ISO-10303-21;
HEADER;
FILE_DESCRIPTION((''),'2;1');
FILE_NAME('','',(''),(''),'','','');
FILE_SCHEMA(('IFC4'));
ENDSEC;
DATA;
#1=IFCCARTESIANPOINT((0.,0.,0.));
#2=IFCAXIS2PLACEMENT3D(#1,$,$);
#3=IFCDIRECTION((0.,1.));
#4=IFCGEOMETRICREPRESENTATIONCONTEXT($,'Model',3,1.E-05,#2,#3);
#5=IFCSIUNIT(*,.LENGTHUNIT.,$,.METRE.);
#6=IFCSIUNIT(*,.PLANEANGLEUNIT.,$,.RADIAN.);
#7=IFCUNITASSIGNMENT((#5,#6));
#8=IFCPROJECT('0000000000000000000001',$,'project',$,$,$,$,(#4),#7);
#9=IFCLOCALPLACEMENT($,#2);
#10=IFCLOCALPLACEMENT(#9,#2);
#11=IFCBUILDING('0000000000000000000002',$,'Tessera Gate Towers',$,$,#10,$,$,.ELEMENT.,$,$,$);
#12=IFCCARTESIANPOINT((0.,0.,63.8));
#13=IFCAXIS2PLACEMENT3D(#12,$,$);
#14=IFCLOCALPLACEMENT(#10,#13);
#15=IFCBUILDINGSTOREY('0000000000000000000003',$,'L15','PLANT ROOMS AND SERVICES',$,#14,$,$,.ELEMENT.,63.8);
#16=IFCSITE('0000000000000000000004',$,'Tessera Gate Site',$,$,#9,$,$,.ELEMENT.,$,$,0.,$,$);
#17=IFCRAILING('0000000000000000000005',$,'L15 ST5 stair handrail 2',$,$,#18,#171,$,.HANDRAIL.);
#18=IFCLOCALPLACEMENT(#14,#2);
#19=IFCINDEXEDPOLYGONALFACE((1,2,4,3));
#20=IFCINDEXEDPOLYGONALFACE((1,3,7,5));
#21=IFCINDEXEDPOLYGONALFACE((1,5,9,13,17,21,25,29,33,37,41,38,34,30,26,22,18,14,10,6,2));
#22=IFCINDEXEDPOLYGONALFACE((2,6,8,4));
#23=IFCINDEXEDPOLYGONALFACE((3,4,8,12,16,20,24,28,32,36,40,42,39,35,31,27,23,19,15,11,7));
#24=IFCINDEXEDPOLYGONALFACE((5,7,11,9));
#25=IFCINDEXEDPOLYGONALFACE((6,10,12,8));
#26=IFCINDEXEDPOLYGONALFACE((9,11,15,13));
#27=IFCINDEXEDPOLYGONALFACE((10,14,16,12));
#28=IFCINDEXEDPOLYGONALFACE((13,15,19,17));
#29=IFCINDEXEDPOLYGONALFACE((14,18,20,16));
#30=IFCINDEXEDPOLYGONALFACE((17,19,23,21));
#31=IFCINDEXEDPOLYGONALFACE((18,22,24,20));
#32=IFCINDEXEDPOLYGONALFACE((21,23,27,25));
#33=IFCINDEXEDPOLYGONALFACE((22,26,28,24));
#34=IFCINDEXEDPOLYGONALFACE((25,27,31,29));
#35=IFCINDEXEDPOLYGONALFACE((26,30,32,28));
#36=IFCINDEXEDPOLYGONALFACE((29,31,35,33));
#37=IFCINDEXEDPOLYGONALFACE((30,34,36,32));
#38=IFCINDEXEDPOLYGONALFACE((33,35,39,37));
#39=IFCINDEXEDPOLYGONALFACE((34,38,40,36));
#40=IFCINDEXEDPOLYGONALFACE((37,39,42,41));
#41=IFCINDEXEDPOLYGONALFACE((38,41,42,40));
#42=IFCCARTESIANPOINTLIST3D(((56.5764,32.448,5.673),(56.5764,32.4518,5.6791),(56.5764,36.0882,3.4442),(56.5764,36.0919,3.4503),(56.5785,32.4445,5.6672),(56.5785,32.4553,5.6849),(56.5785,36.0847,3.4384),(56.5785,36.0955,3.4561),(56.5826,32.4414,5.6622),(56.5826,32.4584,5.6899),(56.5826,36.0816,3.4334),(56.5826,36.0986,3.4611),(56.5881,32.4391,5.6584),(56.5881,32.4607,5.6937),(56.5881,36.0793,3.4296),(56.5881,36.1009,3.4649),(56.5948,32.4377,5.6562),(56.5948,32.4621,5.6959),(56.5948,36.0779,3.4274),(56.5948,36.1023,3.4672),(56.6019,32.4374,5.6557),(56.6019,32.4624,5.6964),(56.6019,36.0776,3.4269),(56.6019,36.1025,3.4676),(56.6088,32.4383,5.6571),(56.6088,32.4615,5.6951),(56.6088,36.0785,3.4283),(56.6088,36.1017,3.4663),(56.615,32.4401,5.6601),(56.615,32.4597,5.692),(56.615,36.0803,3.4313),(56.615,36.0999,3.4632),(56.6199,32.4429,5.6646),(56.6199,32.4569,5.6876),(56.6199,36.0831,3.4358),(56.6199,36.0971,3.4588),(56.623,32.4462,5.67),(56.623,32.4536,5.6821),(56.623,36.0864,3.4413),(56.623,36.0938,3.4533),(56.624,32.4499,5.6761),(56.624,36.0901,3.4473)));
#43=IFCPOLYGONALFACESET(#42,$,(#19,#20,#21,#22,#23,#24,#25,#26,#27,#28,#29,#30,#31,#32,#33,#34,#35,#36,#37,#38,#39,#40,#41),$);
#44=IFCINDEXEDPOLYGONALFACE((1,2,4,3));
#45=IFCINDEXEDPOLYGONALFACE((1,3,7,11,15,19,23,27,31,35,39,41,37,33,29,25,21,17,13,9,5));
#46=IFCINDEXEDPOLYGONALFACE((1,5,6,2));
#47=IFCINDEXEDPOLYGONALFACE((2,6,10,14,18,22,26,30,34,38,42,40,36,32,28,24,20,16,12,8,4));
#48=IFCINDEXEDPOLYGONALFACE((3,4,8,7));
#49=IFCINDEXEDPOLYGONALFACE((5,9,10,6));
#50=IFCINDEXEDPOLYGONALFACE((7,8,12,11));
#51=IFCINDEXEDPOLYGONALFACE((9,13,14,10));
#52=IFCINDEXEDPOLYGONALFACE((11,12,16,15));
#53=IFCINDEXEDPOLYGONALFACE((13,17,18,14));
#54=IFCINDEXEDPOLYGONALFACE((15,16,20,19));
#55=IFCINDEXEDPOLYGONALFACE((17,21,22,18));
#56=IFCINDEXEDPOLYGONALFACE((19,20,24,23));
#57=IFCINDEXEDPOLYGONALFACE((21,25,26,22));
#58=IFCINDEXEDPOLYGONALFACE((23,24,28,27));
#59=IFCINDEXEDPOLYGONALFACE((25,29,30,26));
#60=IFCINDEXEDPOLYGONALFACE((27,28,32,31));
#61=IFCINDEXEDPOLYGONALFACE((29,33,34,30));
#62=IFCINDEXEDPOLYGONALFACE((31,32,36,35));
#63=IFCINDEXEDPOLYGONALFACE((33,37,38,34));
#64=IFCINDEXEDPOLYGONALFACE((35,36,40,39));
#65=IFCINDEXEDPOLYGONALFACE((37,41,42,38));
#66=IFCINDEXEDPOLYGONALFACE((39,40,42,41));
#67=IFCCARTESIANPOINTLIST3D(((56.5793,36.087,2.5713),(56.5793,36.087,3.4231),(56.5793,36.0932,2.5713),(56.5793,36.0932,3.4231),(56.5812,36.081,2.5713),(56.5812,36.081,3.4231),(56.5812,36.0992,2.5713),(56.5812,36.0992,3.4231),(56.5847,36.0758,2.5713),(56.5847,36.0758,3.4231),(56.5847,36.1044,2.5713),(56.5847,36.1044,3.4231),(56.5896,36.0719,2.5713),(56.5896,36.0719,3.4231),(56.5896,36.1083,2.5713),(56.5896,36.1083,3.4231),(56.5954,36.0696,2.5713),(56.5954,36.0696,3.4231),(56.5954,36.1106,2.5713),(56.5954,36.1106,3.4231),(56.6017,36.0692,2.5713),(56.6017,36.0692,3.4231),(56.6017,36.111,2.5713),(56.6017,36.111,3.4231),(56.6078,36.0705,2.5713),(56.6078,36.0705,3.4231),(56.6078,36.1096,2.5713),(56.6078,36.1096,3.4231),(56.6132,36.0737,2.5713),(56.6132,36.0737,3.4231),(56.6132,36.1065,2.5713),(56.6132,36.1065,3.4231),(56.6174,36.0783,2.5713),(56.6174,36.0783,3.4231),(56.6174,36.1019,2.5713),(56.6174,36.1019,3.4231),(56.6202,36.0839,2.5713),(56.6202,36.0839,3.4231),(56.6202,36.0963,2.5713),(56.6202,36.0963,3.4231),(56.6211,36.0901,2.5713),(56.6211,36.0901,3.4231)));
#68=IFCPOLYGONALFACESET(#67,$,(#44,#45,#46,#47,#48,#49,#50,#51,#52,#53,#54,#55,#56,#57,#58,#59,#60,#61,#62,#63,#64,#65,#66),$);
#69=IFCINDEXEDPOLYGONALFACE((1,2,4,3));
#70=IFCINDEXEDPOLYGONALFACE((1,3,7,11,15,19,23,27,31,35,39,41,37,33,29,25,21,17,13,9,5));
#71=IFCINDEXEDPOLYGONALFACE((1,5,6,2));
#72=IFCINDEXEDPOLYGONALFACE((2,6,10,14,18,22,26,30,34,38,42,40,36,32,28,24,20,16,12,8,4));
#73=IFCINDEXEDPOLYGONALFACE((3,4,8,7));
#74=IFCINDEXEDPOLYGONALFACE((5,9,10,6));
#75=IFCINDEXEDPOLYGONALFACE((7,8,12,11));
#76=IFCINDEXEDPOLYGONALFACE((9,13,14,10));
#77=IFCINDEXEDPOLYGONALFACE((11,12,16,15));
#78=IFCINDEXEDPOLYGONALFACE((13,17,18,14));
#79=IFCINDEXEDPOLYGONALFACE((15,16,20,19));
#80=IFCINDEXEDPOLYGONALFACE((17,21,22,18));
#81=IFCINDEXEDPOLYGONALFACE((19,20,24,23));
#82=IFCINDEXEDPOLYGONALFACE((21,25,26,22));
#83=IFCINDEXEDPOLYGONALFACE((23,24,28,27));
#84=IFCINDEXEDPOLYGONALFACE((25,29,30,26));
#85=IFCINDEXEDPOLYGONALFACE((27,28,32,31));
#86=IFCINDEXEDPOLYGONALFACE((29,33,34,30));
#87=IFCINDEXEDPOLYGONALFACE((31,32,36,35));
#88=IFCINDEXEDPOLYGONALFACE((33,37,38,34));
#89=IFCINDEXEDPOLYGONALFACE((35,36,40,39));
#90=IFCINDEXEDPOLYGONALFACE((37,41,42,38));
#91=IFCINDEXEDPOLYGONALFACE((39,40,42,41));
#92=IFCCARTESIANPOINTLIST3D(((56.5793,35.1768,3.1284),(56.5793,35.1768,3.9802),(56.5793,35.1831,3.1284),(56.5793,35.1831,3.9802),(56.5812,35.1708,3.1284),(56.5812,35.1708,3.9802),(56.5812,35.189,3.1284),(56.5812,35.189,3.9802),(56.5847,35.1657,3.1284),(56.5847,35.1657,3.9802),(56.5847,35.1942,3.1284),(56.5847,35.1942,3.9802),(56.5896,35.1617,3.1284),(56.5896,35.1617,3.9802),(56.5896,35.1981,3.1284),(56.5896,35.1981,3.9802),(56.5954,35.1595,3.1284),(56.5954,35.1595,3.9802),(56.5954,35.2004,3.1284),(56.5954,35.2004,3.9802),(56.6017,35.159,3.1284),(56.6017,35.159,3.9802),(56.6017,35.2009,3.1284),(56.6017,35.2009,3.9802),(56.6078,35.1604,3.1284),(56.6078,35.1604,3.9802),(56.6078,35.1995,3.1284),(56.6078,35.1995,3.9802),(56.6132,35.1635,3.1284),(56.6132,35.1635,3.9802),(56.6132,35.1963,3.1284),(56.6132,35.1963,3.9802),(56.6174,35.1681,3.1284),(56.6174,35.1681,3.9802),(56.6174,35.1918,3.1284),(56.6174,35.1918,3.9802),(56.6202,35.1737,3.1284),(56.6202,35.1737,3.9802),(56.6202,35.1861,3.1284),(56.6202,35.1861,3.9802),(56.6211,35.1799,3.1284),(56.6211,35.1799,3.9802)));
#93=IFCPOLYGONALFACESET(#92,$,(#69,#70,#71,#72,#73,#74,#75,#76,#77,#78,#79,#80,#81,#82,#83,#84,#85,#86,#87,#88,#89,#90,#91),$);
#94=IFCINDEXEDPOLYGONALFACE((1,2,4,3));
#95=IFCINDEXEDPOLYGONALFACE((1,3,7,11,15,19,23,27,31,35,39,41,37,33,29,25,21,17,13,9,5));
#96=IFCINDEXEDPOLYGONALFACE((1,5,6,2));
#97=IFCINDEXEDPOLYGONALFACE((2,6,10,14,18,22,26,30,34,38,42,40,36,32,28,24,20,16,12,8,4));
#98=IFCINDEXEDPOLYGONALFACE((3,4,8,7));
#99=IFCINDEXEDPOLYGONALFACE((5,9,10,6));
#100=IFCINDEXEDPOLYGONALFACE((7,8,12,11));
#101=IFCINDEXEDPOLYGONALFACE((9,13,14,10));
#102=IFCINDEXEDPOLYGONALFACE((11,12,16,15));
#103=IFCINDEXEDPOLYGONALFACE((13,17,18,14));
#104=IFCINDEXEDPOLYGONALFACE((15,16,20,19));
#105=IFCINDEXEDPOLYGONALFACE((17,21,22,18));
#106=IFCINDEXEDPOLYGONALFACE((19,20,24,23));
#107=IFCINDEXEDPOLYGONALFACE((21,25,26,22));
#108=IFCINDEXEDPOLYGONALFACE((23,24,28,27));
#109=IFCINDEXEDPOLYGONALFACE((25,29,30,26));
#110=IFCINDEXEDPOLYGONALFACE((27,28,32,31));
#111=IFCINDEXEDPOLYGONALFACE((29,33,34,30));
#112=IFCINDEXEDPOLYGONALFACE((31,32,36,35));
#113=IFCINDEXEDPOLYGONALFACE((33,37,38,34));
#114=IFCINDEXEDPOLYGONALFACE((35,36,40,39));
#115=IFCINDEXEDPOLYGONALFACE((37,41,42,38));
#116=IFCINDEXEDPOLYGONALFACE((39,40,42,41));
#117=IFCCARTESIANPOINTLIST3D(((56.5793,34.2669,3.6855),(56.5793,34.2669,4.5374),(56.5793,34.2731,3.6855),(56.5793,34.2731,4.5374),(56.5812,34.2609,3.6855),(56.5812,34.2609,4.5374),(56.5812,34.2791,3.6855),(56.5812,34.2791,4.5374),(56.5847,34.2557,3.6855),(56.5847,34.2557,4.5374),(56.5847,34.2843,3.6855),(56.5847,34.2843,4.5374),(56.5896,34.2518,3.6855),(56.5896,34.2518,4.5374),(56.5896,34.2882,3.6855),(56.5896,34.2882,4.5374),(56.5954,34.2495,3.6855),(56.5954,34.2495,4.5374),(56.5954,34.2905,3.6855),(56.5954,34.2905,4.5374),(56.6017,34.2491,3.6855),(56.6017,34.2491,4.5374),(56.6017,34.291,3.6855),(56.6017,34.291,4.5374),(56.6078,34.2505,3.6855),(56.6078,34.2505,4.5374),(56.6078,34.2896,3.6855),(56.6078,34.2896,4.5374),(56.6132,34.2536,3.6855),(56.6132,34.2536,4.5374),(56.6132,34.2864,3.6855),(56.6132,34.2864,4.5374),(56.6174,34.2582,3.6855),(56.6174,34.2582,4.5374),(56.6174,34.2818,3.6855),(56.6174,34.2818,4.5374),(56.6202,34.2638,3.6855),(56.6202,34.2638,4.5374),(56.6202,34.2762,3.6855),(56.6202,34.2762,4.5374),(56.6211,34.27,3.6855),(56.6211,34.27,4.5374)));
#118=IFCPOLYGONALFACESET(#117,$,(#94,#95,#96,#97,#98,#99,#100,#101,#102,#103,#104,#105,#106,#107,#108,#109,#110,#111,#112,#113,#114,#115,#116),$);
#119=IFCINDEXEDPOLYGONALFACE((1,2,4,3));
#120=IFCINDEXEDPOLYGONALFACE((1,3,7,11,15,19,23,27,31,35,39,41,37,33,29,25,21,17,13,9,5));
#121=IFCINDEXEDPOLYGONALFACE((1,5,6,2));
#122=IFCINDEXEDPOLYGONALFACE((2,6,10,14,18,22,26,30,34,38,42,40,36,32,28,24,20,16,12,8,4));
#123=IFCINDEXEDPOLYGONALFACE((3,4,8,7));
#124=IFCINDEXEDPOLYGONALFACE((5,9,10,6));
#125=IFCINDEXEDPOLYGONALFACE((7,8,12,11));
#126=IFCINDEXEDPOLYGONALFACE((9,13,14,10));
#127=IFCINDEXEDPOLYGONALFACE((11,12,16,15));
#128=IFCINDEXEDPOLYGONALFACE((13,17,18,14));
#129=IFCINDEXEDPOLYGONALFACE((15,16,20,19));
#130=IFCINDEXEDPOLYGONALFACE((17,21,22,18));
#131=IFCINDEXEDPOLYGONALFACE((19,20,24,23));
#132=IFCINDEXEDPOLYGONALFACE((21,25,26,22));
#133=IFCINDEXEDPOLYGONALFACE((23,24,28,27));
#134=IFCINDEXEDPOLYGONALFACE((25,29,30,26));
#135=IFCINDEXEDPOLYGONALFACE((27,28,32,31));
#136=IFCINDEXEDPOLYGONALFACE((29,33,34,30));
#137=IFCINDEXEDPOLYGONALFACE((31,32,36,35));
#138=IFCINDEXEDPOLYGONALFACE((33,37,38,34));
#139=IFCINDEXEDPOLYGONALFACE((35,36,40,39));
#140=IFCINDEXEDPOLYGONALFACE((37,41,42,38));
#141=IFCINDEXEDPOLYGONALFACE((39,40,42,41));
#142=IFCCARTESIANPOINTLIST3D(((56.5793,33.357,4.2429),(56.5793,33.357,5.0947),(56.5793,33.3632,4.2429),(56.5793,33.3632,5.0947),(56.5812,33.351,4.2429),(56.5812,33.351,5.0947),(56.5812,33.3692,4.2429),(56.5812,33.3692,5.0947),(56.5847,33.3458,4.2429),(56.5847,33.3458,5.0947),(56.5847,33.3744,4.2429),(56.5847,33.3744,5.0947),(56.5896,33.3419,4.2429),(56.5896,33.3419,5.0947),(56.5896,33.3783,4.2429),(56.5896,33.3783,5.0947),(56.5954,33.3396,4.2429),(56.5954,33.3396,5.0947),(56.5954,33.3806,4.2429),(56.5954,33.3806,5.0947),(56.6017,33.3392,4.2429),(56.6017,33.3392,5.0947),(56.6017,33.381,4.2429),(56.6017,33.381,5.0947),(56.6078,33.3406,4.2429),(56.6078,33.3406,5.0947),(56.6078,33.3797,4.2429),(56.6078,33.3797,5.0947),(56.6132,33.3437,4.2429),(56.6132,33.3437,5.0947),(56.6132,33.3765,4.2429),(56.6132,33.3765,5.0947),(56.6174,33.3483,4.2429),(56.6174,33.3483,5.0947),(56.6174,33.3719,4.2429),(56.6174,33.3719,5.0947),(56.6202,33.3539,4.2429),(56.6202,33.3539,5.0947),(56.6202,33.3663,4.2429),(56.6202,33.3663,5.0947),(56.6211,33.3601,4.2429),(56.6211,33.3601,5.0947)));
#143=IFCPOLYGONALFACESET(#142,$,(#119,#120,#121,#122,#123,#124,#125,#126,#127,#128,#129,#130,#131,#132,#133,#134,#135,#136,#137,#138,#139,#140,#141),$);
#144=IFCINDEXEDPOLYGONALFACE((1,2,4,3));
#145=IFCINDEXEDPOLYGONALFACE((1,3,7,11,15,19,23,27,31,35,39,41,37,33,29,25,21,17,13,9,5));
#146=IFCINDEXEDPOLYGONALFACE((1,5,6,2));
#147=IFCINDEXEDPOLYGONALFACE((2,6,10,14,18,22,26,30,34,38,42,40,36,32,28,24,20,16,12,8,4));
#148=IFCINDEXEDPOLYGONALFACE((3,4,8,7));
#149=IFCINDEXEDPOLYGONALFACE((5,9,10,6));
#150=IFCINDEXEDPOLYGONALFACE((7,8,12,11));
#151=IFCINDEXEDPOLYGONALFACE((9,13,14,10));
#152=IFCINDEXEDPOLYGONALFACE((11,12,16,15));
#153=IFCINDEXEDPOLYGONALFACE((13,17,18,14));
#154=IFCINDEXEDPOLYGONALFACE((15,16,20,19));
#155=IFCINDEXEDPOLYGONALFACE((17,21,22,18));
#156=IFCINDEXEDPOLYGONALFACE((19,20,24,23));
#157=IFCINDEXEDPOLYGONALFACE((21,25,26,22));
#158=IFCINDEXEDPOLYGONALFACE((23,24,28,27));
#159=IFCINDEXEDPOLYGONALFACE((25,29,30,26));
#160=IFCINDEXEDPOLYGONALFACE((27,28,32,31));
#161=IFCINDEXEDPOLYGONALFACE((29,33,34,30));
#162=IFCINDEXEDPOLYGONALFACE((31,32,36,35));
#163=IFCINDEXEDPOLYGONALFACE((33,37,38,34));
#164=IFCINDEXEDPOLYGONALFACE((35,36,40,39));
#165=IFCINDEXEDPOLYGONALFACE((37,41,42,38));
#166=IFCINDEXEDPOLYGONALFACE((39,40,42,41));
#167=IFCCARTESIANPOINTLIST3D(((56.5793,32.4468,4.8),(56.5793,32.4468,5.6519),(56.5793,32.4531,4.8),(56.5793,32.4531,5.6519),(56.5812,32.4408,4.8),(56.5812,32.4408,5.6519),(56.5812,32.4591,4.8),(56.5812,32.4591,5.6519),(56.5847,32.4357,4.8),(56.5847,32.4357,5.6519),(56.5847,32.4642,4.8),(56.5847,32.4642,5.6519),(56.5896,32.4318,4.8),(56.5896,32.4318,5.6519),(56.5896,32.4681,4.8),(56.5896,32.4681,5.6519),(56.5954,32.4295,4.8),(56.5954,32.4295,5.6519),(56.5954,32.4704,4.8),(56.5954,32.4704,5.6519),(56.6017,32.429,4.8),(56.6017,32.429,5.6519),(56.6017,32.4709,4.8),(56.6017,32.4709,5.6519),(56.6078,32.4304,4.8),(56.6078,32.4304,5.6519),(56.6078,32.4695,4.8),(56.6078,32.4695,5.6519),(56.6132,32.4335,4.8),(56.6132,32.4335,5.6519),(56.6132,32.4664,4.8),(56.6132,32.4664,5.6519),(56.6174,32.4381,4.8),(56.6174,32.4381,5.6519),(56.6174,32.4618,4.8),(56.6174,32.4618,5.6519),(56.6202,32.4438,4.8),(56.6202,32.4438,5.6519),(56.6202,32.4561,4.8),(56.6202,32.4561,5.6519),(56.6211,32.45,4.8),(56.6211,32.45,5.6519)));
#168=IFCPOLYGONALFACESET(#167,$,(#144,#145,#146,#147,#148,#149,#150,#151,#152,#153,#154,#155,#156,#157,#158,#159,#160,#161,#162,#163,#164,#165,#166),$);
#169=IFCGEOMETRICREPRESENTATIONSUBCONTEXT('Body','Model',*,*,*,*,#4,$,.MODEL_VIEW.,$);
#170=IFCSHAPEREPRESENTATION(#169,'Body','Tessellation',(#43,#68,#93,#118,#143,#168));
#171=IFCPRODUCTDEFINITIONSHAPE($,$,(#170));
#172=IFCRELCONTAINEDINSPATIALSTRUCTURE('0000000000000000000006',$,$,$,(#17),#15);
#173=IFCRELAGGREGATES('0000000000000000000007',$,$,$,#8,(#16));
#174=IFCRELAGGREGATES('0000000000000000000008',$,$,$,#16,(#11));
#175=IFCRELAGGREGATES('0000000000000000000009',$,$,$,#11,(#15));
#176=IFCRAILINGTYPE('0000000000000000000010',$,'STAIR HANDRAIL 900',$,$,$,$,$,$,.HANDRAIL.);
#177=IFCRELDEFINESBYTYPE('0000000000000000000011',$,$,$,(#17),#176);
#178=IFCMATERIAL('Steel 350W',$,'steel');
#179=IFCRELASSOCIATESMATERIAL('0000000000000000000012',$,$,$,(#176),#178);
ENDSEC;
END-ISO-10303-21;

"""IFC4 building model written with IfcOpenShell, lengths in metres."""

from ifc_helpers import new_model, si_unit, direction, frame, origin, origin_2d, place, context, subcontext, project, spatial, circle, extrude, material, type_object, element, save


model = new_model("IFC4")

# Units and contexts
model_context = context("Model", 3, precision=1e-05, world=origin(), true_north=direction((0.0, 1.0)))
body_context = subcontext(model_context, "Body", "Model", "MODEL_VIEW")
ifc_project = project(units=[si_unit("LENGTHUNIT", "METRE"), si_unit("PLANEANGLEUNIT", "RADIAN")], contexts=[model_context])

# Site, building, storey
site_placement = place(None, origin())
site = spatial("IfcSite", under=ifc_project, at=site_placement, Name="Tessera Gate Site", CompositionType="ELEMENT", RefElevation=0.0)
building_placement = place(site_placement, origin())
building = spatial("IfcBuilding", under=site, at=building_placement, Name="Tessera Gate Towers", CompositionType="ELEMENT")
storey_placement = place(building_placement, frame((0.0, 0.0, 63.8)))
storey = spatial("IfcBuildingStorey", under=building, at=storey_placement, Name="L15", Description="PLANT ROOMS AND SERVICES", CompositionType="ELEMENT", Elevation=63.8)

# Railing
ifc_material_1 = material(Name="Steel 350W", Category="steel")
railing_type_1 = type_object("IfcRailingType", Name="STAIR HANDRAIL 900", PredefinedType="HANDRAIL", material=ifc_material_1)
railing_1_placement = place(storey_placement, frame((56.6001, 36.0901, 2.5713)))
element("IfcRailing", 1, at=railing_1_placement, inside=storey, type_object=railing_type_1, Name="L15 ST5 stair handrail 2", PredefinedType="HANDRAIL", context=body_context, shape_type="SweptSolid", body=[
    extrude(circle(Radius=0.0239, at=origin_2d()), frame((0.0, 0.0, 0.876), z_axis=(0.0, -0.85284, 0.522172), x_axis=(1.0, 0.0, 0.0)), (0.0, 0.0, 1.0), 4.2683),
    extrude(circle(Radius=0.021, at=origin_2d()), origin(), (0.0, 0.0, 1.0), 0.8518),
    extrude(circle(Radius=0.021, at=origin_2d()), frame((0.0, -0.9102, 0.5571)), (0.0, 0.0, 1.0), 0.8518),
    extrude(circle(Radius=0.021, at=origin_2d()), frame((0.0, -1.8201, 1.1143)), (0.0, 0.0, 1.0), 0.8518),
    extrude(circle(Radius=0.021, at=origin_2d()), frame((0.0, -2.73, 1.6716)), (0.0, 0.0, 1.0), 0.8518),
    extrude(circle(Radius=0.021, at=origin_2d()), frame((0.0, -3.6401, 2.2288)), (0.0, 0.0, 1.0), 0.8518),
])

save(model, "model.ifc")
